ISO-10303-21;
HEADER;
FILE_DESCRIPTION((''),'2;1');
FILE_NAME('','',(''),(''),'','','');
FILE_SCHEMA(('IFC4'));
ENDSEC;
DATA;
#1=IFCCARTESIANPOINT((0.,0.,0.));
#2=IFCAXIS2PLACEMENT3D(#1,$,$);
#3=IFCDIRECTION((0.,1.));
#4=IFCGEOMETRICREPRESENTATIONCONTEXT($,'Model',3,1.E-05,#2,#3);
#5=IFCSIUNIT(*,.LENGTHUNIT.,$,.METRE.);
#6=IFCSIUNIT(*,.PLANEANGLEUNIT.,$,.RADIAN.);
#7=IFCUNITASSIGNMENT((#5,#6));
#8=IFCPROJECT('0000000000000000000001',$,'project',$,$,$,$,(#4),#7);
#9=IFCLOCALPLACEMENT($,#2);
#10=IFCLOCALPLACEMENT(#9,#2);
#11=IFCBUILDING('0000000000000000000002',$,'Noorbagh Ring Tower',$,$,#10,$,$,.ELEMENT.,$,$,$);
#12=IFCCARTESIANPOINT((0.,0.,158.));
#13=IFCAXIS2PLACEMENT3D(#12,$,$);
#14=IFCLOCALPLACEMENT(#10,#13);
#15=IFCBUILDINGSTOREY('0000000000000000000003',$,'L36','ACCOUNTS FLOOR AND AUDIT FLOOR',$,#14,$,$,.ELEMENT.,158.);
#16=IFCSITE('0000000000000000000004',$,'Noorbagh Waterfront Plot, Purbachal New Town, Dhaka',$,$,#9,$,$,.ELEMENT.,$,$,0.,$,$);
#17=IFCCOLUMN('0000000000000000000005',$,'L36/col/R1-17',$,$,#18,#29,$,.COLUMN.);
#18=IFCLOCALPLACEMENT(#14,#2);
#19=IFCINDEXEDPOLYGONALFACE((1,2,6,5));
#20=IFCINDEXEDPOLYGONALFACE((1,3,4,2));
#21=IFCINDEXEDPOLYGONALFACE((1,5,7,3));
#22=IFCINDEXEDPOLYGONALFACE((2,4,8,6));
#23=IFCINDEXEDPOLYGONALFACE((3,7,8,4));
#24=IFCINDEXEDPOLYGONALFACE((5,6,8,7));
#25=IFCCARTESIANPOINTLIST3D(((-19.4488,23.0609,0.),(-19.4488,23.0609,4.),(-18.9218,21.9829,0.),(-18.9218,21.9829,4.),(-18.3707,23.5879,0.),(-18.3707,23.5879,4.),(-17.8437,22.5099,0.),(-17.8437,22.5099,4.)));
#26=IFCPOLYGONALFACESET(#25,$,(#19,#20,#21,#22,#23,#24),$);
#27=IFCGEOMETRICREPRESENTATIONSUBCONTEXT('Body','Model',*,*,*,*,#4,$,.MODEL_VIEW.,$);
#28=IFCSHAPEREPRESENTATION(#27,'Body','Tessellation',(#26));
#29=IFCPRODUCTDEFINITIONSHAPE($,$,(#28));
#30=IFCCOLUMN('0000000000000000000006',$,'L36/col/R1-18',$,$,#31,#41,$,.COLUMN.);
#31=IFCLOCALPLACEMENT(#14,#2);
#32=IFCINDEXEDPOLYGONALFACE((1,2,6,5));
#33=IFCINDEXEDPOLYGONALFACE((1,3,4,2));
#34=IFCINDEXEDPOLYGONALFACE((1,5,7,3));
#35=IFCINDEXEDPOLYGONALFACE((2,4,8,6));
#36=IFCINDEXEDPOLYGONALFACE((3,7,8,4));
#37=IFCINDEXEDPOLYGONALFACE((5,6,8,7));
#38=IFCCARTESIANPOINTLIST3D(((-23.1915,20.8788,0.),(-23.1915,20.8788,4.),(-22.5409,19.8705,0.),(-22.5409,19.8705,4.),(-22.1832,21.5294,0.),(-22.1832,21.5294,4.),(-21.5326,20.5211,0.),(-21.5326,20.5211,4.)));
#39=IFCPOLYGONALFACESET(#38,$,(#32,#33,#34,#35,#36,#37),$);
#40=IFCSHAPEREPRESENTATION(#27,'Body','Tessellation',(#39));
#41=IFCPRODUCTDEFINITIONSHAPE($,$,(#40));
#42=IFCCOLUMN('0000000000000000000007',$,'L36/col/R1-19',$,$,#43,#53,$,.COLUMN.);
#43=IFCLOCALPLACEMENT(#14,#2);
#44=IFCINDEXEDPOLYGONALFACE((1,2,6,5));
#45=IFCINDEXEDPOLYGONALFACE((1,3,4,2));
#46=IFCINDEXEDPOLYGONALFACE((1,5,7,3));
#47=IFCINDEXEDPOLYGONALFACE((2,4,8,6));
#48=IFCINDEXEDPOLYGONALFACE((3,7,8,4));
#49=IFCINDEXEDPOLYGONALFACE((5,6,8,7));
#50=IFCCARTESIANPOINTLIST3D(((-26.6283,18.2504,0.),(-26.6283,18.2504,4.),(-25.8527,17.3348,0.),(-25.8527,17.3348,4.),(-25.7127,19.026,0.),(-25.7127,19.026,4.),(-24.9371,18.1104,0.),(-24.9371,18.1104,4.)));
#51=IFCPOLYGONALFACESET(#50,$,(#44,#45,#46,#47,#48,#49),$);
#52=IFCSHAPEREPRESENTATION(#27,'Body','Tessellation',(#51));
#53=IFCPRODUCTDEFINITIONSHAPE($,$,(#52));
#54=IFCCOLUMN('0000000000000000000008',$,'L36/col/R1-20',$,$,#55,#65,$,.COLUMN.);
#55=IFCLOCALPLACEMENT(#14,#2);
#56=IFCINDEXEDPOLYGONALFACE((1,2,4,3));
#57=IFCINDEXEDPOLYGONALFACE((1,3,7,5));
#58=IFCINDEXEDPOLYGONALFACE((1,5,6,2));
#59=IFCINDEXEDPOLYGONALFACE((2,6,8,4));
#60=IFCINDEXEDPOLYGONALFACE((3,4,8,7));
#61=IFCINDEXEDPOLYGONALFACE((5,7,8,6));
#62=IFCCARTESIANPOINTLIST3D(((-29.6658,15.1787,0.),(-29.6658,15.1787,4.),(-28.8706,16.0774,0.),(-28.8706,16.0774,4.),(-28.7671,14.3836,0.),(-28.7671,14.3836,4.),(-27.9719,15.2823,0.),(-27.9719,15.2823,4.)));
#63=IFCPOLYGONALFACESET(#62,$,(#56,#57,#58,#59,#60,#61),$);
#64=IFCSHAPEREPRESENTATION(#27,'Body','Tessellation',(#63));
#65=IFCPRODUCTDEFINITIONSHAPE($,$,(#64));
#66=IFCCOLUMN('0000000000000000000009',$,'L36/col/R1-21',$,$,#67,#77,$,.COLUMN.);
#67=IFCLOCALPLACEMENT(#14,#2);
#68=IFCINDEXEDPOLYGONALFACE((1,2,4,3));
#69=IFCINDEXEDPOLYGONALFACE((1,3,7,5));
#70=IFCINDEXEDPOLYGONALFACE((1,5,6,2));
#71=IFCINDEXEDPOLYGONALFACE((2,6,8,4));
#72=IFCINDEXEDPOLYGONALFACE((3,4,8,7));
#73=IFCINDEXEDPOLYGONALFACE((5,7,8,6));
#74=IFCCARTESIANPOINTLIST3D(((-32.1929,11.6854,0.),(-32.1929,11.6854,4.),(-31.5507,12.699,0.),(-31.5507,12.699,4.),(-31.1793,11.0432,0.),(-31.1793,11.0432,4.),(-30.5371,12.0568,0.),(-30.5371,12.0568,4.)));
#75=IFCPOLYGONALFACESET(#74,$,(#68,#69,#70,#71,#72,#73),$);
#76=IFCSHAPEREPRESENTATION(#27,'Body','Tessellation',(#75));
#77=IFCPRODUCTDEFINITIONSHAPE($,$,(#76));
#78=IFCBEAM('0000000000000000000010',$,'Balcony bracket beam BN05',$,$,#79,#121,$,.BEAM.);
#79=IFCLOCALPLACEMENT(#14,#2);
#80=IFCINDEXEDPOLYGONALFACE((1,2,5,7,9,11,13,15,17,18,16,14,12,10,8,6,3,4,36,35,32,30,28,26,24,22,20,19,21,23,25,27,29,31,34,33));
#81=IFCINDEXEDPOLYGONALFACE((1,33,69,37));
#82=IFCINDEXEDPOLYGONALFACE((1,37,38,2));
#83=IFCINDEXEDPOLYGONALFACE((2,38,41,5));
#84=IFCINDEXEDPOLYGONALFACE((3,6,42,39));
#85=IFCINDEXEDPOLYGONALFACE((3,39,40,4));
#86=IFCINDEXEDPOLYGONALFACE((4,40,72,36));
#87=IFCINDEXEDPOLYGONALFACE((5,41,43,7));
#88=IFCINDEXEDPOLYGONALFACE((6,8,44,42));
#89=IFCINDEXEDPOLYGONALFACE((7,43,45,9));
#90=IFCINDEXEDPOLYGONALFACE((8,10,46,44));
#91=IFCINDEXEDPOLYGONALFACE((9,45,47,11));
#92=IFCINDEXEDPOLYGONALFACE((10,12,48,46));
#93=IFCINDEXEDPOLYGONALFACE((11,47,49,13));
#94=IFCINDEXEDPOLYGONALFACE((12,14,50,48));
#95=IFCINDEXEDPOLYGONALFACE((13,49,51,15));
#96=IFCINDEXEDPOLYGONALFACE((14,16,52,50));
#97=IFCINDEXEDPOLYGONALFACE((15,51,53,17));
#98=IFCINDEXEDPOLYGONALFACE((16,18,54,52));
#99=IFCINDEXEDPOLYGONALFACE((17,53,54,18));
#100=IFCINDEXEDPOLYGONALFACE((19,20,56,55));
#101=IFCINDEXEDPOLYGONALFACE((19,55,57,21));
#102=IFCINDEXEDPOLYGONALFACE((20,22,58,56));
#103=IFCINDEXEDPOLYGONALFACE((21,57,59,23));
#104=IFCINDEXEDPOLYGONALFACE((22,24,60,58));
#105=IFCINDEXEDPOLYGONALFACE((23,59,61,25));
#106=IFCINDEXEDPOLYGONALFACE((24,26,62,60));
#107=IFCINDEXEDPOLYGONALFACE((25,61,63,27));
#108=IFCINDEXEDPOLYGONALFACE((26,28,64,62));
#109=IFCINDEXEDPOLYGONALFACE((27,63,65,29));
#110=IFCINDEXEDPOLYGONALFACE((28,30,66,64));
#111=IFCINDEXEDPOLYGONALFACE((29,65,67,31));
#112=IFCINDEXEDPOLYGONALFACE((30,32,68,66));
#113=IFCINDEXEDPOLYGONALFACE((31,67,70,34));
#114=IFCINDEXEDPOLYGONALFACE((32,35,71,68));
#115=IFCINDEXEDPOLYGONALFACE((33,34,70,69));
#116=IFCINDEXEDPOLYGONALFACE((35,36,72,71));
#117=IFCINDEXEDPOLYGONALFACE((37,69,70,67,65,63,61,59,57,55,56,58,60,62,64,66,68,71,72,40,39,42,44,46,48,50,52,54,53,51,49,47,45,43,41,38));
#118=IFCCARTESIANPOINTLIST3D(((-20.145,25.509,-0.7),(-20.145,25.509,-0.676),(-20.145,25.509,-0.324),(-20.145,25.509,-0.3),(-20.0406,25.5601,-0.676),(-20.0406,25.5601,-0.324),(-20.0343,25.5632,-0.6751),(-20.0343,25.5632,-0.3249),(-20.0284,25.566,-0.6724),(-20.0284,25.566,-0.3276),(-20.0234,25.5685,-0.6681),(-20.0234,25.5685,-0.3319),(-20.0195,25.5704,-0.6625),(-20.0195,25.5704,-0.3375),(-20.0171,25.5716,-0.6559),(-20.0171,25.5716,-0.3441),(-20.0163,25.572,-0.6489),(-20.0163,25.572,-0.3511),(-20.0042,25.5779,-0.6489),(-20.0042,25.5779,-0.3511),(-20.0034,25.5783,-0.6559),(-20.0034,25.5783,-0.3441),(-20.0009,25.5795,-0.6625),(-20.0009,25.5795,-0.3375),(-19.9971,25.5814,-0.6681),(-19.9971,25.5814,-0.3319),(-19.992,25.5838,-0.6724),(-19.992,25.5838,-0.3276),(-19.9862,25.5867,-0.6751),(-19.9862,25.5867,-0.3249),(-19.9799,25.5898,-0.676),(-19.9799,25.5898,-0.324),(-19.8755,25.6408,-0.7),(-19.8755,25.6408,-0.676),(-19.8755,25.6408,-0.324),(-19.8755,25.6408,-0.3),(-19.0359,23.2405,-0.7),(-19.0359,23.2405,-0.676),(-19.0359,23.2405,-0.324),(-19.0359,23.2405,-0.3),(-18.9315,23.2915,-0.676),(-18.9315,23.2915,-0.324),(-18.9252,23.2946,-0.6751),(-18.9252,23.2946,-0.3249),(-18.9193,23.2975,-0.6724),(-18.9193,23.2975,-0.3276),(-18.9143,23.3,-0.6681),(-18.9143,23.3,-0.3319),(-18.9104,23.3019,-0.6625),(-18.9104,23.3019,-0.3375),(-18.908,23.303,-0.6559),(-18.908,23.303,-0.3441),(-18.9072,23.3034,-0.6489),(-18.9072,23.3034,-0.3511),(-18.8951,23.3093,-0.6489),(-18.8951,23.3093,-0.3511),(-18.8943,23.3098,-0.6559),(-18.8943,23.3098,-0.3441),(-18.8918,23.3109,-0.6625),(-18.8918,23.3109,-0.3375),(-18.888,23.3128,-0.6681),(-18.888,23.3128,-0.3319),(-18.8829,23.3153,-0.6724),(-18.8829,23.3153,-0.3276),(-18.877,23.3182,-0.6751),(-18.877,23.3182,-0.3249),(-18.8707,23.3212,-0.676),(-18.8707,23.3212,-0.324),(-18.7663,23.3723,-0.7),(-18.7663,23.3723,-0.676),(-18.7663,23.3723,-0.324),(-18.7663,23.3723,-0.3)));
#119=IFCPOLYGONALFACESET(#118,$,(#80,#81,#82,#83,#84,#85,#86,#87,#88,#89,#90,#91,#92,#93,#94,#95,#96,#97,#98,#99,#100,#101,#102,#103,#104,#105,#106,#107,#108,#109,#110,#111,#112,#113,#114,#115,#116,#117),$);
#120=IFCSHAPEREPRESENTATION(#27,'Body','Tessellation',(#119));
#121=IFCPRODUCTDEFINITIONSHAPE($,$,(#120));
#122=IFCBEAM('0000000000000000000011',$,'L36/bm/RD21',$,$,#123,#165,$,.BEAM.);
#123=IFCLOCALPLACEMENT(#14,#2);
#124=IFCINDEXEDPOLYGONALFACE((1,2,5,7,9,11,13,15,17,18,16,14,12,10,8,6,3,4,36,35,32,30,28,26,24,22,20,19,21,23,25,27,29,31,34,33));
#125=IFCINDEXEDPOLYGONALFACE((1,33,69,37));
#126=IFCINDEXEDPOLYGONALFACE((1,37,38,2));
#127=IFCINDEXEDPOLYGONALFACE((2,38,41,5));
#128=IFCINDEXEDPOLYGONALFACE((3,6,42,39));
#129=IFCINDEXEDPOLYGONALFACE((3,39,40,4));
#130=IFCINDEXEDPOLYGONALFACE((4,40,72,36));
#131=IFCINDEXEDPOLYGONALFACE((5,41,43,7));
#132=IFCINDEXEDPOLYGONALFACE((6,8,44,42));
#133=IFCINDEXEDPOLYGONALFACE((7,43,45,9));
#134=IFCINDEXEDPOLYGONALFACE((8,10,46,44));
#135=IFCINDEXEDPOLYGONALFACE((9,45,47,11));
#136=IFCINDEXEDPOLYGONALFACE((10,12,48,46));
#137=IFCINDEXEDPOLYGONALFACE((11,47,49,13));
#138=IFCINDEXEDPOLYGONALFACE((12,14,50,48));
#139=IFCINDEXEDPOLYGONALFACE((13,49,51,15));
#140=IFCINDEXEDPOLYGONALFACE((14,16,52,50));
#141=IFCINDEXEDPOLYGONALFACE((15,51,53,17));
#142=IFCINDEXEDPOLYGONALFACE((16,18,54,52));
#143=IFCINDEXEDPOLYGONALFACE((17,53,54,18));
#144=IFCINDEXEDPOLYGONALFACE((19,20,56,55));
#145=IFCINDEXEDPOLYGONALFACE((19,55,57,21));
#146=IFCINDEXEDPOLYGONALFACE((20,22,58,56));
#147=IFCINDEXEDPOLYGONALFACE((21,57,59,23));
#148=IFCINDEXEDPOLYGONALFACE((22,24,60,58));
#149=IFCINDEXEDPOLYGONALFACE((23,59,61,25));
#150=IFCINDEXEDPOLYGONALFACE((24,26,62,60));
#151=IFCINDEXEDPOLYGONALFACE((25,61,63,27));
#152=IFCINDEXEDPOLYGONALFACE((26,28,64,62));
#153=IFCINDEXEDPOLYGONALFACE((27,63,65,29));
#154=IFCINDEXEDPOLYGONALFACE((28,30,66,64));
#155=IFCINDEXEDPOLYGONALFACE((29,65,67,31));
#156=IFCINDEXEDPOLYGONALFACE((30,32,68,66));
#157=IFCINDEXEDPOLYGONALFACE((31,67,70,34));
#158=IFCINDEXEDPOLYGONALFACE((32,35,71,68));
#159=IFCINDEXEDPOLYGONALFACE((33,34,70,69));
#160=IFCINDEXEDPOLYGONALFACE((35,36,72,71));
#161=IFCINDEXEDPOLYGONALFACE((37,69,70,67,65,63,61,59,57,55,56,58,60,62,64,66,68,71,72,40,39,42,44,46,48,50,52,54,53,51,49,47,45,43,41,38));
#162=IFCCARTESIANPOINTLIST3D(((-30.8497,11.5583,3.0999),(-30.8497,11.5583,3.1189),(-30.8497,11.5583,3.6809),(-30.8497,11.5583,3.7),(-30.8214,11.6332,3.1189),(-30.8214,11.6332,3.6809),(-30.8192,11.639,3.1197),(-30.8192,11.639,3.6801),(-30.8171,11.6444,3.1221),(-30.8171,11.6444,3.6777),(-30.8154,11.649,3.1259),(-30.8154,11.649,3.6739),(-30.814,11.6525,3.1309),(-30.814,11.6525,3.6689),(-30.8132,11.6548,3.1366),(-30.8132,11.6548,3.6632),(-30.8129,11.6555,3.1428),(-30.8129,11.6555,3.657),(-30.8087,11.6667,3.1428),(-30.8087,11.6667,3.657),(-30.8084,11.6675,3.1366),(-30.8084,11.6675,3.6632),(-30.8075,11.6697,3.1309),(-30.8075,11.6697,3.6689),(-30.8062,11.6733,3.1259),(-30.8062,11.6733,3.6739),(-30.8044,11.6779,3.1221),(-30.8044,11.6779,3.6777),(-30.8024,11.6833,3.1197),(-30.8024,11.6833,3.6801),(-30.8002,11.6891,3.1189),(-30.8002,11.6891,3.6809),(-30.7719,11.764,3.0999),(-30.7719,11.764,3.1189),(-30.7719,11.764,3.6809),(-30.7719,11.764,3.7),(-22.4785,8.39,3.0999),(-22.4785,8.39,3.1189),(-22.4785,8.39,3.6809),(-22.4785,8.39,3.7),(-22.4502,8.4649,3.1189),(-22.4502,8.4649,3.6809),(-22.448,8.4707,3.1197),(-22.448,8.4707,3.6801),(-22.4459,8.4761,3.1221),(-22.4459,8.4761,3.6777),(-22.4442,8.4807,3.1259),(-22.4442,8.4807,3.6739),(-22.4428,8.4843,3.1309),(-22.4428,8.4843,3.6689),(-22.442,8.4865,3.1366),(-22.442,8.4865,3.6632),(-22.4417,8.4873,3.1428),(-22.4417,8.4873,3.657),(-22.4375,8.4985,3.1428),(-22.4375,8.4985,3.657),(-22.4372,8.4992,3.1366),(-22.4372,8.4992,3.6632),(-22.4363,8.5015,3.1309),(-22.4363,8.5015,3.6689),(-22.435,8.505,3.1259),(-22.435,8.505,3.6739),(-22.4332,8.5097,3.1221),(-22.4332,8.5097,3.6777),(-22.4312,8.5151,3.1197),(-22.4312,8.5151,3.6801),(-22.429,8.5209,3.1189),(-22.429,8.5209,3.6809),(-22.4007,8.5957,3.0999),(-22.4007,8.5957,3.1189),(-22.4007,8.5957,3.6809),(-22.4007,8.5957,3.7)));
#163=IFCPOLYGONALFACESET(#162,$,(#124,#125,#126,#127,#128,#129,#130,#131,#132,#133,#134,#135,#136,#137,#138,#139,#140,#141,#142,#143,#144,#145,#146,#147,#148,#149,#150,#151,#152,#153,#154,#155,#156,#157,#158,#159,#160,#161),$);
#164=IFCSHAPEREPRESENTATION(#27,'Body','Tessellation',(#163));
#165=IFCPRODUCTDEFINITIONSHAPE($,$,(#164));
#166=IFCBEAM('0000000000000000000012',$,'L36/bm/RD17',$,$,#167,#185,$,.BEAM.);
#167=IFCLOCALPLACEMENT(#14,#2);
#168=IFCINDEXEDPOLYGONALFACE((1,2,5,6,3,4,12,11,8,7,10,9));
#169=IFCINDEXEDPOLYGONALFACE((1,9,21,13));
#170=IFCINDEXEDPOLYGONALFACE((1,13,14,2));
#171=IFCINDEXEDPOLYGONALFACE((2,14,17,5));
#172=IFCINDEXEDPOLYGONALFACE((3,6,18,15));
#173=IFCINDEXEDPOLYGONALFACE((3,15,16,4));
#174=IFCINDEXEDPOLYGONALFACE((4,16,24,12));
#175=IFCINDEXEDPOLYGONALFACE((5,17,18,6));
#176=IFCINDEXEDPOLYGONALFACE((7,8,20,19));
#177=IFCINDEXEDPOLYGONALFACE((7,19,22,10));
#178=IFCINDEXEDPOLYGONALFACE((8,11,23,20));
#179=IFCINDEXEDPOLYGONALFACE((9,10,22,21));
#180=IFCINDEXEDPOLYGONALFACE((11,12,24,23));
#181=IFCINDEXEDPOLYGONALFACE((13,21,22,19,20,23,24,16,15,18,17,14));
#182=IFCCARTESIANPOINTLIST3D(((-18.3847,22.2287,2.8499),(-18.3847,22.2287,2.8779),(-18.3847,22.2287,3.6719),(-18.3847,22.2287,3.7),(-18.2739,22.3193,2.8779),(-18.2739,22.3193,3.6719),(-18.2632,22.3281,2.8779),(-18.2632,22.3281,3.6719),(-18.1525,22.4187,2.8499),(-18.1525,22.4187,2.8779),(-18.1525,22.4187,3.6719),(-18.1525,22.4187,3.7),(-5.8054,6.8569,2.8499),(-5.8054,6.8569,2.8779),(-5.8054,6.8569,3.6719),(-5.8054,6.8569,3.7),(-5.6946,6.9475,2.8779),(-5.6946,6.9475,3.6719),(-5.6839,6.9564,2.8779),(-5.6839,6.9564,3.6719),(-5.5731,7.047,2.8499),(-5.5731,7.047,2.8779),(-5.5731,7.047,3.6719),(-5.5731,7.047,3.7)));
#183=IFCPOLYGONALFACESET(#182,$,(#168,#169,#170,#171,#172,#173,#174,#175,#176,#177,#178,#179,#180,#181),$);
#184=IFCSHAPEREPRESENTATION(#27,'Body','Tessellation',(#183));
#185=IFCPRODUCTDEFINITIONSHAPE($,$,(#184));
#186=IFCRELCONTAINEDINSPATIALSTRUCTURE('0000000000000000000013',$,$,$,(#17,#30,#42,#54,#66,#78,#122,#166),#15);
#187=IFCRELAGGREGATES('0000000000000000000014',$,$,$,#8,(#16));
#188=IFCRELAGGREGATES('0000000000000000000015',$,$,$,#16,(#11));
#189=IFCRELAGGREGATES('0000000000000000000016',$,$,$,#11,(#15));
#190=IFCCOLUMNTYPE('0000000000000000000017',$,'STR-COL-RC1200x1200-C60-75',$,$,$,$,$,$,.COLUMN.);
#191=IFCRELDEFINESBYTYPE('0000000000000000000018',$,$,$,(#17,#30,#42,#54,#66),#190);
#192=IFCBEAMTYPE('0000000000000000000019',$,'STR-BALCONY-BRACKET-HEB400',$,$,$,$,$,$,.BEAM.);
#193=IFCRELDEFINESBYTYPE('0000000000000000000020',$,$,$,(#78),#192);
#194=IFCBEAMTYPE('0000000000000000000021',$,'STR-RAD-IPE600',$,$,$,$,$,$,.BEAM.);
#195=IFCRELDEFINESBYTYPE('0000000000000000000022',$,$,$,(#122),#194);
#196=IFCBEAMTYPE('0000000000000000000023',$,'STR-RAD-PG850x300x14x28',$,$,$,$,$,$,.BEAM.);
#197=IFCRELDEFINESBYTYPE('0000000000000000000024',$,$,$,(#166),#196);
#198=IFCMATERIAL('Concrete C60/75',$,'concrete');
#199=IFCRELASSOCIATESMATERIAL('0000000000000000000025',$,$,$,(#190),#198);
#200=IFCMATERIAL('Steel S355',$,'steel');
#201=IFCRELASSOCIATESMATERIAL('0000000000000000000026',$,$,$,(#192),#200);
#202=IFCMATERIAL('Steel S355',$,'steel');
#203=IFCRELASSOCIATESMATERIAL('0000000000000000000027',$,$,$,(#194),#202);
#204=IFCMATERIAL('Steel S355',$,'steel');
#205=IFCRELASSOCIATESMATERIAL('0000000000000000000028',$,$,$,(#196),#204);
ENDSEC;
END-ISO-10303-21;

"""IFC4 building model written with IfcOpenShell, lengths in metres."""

from ifc_helpers import new_model, si_unit, direction, frame, origin, origin_2d, place, context, subcontext, project, spatial, rectangle, i_section, extrude, material, material_profile, profile_set, type_object, element, save


model = new_model("IFC4")

# Units and contexts
model_context = context("Model", 3, precision=1e-05, world=origin(), true_north=direction((0.0, 1.0)))
body_context = subcontext(model_context, "Body", "Model", "MODEL_VIEW")
ifc_project = project(units=[si_unit("LENGTHUNIT", "METRE"), si_unit("PLANEANGLEUNIT", "RADIAN")], contexts=[model_context])

# Site, building, storey
site_placement = place(None, origin())
site = spatial("IfcSite", under=ifc_project, at=site_placement, Name="Noorbagh Waterfront Plot, Purbachal New Town, Dhaka", CompositionType="ELEMENT", RefElevation=0.0)
building_placement = place(site_placement, origin())
building = spatial("IfcBuilding", under=site, at=building_placement, Name="Noorbagh Ring Tower", CompositionType="ELEMENT")
storey_placement = place(building_placement, frame((0.0, 0.0, 158.0)))
storey = spatial("IfcBuildingStorey", under=building, at=storey_placement, Name="L36", Description="ACCOUNTS FLOOR AND AUDIT FLOOR", CompositionType="ELEMENT", Elevation=158.0)

# Columns
ifc_material_1 = material(Name="Concrete C60/75", Category="concrete")
ifc_material_profile_1 = material_profile(ifc_material_1, rectangle(XDim=1.2, YDim=1.2, at=origin_2d()), Name="RC1200x1200")
ifc_profile_set_1 = profile_set([ifc_material_profile_1], Name="Concrete C60/75")
column_type = type_object("IfcColumnType", Name="STR-COL-RC1200x1200-C60-75", PredefinedType="COLUMN", material=ifc_profile_set_1)
for number, where, z_axis, x_axis, name in (
    (1, (-18.6462, 22.7854, 0.0), (0.0, 0.0, 1.0), (-0.898399, -0.43918, 0.0), "L36/col/R1-17"),
    (2, (-22.3621, 20.7, 0.0), (0.0, 0.0, 1.0), (-0.840248, -0.542203, 0.0), "L36/col/R1-18"),
    (3, (-25.7827, 18.1804, 0.0), (0.0, 0.0, 1.0), (-0.763035, -0.646357, 0.0), "L36/col/R1-19"),
    (4, (-28.8188, 15.2305, 0.0), (0.0, 0.0, 1.0), (-0.662636, -0.748942, 0.0), "L36/col/R1-20"),
    (5, (-31.365, 11.8711, 0.0), (0.0, 0.0, 1.0), (-0.53519, -0.844731, 0.0), "L36/col/R1-21"),
):
    element("IfcColumn", number, at=place(storey_placement, frame(where, z_axis=z_axis, x_axis=x_axis)), inside=storey, type_object=column_type, Name=name, PredefinedType="COLUMN", context=body_context, shape_type="SweptSolid", body=[
        extrude(rectangle(XDim=1.2, YDim=1.2, at=origin_2d()), origin(), (0.0, 0.0, 1.0), 4.0),
    ])

# Beams
ifc_material_2 = material(Name="Steel S355", Category="steel")
ifc_material_profile_2 = material_profile(ifc_material_2, i_section(OverallWidth=0.3, OverallDepth=0.3999, WebThickness=0.0134, FlangeThickness=0.0239, FilletRadius=0.0271, at=origin_2d()), Name="HEB400")
ifc_profile_set_2 = profile_set([ifc_material_profile_2], Name="Steel S355")
beam_type_1 = type_object("IfcBeamType", Name="STR-BALCONY-BRACKET-HEB400", PredefinedType="BEAM", material=ifc_profile_set_2)
beam_1_placement = place(storey_placement, frame((-18.9011, 23.3064, -0.5), z_axis=(-0.439229, 0.898375, 0.0), x_axis=(-0.898375, -0.439229, 0.0)))
element("IfcBeam", 6, at=beam_1_placement, inside=storey, type_object=beam_type_1, Name="Balcony bracket beam BN05", PredefinedType="BEAM", context=body_context, shape_type="SweptSolid", body=[
    extrude(i_section(OverallWidth=0.3, OverallDepth=0.3999, WebThickness=0.0134, FlangeThickness=0.0239, FilletRadius=0.0271, at=origin_2d()), origin(), (0.0, 0.0, 1.0), 2.5251),
])
ifc_material_3 = material(Name="Steel S355", Category="steel")
ifc_material_profile_3 = material_profile(ifc_material_3, i_section(OverallWidth=0.22, OverallDepth=0.6001, WebThickness=0.012, FlangeThickness=0.019, FilletRadius=0.0239, at=origin_2d()), Name="IPE600")
ifc_profile_set_3 = profile_set([ifc_material_profile_3], Name="Steel S355")
beam_type_2 = type_object("IfcBeamType", Name="STR-RAD-IPE600", PredefinedType="BEAM", material=ifc_profile_set_3)
beam_2_placement = place(storey_placement, frame((-30.8108, 11.6611, 3.3999), z_axis=(0.935258, -0.353968, 0.0), x_axis=(0.353968, 0.935258, 0.0)))
element("IfcBeam", 7, at=beam_2_placement, inside=storey, type_object=beam_type_2, Name="L36/bm/RD21", PredefinedType="BEAM", context=body_context, shape_type="SweptSolid", body=[
    extrude(i_section(OverallWidth=0.22, OverallDepth=0.6001, WebThickness=0.012, FlangeThickness=0.019, FilletRadius=0.0239, at=origin_2d()), origin(), (0.0, 0.0, 1.0), 8.9507),
])
ifc_material_4 = material(Name="Steel S355", Category="steel")
ifc_material_profile_4 = material_profile(ifc_material_4, i_section(OverallWidth=0.3, OverallDepth=0.8501, WebThickness=0.0139, FlangeThickness=0.0281, at=origin_2d()), Name="PG850x300x14x28")
ifc_profile_set_4 = profile_set([ifc_material_profile_4], Name="Steel S355")
beam_type_3 = type_object("IfcBeamType", Name="STR-RAD-PG850x300x14x28", PredefinedType="BEAM", material=ifc_profile_set_4)
beam_3_placement = place(storey_placement, frame((-18.2686, 22.3237, 3.2749), z_axis=(0.63331, -0.773898, 0.0), x_axis=(0.773898, 0.63331, 0.0)))
element("IfcBeam", 8, at=beam_3_placement, inside=storey, type_object=beam_type_3, Name="L36/bm/RD17", PredefinedType="BEAM", context=body_context, shape_type="SweptSolid", body=[
    extrude(i_section(OverallWidth=0.3, OverallDepth=0.8501, WebThickness=0.0139, FlangeThickness=0.0281, at=origin_2d()), origin(), (0.0, 0.0, 1.0), 19.8628),
])

save(model, "model.ifc")
